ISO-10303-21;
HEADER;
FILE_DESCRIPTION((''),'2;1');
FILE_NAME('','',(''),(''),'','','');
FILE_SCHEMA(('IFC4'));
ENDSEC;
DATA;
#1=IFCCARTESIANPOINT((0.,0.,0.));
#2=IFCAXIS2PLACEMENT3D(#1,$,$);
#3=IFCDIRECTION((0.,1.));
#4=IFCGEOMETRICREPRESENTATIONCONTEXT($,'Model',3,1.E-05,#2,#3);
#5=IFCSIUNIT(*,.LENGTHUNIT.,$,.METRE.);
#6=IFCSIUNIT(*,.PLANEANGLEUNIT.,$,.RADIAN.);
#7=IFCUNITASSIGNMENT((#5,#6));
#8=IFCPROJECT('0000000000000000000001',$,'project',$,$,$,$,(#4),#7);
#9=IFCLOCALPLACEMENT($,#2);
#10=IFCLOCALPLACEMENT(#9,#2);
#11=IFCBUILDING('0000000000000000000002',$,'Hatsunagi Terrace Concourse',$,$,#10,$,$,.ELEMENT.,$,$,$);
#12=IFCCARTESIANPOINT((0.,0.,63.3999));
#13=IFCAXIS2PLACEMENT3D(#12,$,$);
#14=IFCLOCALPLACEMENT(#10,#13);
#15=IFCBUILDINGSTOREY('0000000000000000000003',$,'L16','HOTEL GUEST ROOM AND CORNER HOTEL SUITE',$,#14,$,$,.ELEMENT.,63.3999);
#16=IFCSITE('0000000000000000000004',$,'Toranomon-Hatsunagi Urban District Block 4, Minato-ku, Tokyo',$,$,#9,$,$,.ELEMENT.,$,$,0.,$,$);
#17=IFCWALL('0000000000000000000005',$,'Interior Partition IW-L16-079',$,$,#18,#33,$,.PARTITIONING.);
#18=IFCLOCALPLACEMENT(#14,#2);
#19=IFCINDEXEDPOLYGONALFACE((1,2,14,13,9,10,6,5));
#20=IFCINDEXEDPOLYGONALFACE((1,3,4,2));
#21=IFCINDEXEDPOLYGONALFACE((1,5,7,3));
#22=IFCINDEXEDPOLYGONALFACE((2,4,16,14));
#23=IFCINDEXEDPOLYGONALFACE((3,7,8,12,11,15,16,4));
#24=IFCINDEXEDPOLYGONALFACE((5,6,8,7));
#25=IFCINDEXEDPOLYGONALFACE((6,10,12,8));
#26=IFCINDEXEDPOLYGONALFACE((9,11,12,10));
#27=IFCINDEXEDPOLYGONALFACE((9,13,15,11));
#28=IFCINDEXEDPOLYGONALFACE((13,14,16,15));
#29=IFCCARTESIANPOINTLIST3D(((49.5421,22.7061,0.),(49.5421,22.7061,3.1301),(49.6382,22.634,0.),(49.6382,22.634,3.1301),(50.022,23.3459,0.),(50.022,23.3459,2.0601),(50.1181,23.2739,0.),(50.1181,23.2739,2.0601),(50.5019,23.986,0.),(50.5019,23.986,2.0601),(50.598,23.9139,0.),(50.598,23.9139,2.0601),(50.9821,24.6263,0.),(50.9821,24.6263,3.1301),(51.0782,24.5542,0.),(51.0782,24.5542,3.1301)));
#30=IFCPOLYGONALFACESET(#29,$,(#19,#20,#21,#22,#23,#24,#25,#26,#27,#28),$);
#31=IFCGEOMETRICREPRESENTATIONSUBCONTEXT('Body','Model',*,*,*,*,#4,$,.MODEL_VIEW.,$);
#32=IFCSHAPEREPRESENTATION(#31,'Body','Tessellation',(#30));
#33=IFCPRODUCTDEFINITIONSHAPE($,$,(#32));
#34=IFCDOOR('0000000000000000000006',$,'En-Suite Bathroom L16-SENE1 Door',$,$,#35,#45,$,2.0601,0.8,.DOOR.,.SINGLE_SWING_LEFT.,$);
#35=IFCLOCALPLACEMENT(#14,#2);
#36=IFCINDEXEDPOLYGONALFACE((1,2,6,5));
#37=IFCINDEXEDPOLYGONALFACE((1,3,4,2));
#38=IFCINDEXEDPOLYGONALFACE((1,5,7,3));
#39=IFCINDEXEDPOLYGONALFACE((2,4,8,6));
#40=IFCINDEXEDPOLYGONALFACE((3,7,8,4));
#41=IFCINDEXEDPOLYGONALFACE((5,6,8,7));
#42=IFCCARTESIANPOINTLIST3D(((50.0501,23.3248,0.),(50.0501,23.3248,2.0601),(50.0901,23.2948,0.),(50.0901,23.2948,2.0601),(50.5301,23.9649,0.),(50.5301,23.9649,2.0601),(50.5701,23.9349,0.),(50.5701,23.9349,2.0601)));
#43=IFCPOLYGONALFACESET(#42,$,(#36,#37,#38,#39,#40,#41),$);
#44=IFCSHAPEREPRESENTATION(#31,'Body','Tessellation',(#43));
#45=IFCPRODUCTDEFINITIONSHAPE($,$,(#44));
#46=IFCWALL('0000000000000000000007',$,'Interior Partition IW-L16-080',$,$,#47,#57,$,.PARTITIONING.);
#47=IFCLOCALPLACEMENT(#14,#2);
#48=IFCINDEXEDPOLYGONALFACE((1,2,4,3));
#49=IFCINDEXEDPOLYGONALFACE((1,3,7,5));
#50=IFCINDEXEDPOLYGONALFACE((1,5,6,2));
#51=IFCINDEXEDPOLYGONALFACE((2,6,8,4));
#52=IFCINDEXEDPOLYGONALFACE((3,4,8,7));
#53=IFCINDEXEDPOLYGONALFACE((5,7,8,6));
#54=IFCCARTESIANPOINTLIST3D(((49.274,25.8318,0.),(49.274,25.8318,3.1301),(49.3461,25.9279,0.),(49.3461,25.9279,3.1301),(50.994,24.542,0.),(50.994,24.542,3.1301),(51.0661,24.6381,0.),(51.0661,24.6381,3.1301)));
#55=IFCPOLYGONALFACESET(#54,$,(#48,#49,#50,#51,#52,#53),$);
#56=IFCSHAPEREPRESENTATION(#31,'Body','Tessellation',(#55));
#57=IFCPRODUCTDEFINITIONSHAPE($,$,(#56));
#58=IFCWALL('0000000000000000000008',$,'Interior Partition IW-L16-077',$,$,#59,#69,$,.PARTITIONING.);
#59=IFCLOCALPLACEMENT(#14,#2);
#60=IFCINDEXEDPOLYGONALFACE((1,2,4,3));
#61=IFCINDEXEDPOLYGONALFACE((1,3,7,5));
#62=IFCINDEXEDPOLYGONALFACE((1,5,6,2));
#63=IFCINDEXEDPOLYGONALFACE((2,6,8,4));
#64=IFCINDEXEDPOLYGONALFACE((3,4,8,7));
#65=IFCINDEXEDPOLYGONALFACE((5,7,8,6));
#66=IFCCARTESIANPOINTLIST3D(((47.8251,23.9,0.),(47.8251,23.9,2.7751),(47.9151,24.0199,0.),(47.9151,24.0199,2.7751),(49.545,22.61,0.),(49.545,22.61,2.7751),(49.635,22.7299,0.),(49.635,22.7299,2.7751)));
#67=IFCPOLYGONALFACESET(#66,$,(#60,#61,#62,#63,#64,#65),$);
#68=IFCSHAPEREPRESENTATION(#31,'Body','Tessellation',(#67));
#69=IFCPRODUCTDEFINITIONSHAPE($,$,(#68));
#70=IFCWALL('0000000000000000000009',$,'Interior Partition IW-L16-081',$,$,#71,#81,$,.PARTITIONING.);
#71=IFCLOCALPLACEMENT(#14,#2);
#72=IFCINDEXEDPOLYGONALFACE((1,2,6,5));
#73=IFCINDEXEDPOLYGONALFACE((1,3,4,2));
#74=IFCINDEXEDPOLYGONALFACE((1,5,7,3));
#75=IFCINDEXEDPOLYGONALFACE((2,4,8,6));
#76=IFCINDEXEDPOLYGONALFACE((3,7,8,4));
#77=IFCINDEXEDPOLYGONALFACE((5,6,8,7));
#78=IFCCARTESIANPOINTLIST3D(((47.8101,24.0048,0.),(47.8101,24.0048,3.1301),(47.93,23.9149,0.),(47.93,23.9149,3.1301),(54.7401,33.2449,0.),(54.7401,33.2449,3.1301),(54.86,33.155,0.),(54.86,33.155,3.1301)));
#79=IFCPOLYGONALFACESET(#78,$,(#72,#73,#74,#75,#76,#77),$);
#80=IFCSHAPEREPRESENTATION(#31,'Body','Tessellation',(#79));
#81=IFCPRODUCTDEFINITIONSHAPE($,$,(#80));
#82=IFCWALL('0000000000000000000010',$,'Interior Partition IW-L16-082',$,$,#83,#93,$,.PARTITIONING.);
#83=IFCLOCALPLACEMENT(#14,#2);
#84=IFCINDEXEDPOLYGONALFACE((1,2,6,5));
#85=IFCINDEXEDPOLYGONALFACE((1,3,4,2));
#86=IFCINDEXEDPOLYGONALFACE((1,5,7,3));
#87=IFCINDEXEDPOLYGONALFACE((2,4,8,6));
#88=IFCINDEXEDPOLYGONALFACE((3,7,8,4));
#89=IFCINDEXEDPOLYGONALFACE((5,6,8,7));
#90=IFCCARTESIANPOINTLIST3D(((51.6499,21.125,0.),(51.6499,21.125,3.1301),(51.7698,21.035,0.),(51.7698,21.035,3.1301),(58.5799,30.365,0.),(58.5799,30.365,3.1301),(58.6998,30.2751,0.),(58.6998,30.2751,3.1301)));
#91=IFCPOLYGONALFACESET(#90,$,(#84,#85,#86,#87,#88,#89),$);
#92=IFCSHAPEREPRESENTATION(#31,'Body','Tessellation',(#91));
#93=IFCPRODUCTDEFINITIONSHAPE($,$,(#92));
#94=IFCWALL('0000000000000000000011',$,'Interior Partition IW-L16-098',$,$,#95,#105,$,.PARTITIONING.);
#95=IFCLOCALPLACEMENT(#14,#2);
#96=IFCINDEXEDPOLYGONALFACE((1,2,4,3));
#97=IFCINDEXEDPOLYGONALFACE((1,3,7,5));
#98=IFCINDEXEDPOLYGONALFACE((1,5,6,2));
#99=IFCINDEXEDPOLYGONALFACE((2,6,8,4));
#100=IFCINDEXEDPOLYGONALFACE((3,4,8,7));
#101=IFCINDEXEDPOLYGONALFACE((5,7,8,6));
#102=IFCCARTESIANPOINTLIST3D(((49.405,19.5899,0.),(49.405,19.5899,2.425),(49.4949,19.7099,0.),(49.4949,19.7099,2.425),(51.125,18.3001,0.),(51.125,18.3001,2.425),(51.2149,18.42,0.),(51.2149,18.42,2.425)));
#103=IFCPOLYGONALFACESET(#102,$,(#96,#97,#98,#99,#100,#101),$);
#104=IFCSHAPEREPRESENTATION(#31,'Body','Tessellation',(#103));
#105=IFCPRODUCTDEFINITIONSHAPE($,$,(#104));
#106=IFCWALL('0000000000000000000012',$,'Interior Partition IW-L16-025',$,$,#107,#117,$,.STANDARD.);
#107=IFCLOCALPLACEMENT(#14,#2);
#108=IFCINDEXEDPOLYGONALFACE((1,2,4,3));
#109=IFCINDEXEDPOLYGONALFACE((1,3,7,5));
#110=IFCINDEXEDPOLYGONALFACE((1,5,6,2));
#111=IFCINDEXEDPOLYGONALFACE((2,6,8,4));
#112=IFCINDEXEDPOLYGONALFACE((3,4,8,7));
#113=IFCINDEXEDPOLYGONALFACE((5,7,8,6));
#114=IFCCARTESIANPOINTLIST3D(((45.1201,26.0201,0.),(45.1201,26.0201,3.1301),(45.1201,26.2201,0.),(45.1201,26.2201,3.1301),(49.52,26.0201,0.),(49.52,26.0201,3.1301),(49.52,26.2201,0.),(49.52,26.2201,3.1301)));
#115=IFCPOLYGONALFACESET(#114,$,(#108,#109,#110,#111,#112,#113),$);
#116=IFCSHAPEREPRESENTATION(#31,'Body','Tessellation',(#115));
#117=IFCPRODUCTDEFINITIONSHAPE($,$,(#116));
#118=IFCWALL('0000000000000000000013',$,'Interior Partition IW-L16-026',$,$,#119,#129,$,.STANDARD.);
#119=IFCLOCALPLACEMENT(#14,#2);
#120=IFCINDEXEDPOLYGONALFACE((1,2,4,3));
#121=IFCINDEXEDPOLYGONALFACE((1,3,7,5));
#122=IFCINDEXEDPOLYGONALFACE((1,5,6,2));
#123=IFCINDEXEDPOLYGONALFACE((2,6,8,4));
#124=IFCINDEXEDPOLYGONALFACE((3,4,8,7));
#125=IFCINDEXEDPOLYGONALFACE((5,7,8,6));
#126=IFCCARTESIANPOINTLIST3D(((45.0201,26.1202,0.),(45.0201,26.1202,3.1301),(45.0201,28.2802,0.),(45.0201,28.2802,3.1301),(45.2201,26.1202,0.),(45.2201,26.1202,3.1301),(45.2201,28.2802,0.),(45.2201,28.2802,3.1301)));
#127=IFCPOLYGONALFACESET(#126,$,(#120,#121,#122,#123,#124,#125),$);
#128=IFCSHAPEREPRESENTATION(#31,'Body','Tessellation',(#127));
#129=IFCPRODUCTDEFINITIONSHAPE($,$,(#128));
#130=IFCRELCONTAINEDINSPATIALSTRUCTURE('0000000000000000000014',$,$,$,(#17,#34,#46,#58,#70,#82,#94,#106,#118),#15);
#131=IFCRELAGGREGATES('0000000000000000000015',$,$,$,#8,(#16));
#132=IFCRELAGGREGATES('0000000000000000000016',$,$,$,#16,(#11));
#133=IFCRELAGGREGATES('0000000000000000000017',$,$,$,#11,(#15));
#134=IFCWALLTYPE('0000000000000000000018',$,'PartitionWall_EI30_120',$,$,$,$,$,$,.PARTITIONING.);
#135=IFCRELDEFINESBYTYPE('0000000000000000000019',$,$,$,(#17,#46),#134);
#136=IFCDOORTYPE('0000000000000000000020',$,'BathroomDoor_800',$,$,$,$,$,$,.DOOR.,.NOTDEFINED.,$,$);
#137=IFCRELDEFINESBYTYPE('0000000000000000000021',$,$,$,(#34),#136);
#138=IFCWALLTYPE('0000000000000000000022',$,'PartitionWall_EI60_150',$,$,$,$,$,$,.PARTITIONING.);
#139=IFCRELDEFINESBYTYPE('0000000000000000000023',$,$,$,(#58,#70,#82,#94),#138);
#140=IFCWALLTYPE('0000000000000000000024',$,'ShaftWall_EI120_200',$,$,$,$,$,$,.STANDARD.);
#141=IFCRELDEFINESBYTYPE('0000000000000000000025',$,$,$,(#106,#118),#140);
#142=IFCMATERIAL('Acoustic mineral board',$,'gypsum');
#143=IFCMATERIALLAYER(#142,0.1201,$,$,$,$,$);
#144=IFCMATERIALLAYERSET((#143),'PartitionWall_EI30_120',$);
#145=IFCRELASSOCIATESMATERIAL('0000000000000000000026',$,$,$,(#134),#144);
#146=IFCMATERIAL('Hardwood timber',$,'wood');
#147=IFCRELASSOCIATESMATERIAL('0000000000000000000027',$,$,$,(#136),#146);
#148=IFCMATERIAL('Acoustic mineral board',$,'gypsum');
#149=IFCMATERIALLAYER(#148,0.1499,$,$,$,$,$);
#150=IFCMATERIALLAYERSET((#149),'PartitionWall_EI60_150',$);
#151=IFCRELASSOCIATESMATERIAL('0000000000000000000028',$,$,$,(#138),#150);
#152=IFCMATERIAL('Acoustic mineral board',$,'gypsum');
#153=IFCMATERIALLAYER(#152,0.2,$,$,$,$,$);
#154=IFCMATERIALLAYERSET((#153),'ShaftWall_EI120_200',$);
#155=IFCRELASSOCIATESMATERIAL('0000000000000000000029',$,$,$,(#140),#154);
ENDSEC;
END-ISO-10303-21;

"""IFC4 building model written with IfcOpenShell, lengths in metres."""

from ifc_helpers import new_model, si_unit, direction, frame, frame_2d, origin, place, context, subcontext, project, spatial, rectangle, extrude, material, layer, layer_set, type_object, element, fill, save


model = new_model("IFC4")

# Units and contexts
model_context = context("Model", 3, precision=1e-05, world=origin(), true_north=direction((0.0, 1.0)))
body_context = subcontext(model_context, "Body", "Model", "MODEL_VIEW")
ifc_project = project(units=[si_unit("LENGTHUNIT", "METRE"), si_unit("PLANEANGLEUNIT", "RADIAN")], contexts=[model_context])

# Site, building, storey
site_placement = place(None, origin())
site = spatial("IfcSite", under=ifc_project, at=site_placement, Name="Toranomon-Hatsunagi Urban District Block 4, Minato-ku, Tokyo", CompositionType="ELEMENT", RefElevation=0.0)
building_placement = place(site_placement, origin())
building = spatial("IfcBuilding", under=site, at=building_placement, Name="Hatsunagi Terrace Concourse", CompositionType="ELEMENT")
storey_placement = place(building_placement, frame((0.0, 0.0, 63.3999)))
storey = spatial("IfcBuildingStorey", under=building, at=storey_placement, Name="L16", Description="HOTEL GUEST ROOM AND CORNER HOTEL SUITE", CompositionType="ELEMENT", Elevation=63.3999)

# Wall, opening, door
ifc_material_1 = material(Name="Acoustic mineral board", Category="gypsum")
ifc_layer_1 = layer(ifc_material_1, 0.1201)
ifc_layer_set_1 = layer_set([ifc_layer_1], Name="PartitionWall_EI30_120")
wall_type_1 = type_object("IfcWallType", Name="PartitionWall_EI30_120", PredefinedType="PARTITIONING", material=ifc_layer_set_1)
wall_1_placement = place(storey_placement, frame((49.5901, 22.6699, 0.0), z_axis=(0.0, 0.0, 1.0), x_axis=(0.599951, 0.800037, 0.0)))
wall_1 = element("IfcWall", 1, at=wall_1_placement, inside=storey, type_object=wall_type_1, Name="Interior Partition IW-L16-079", PredefinedType="PARTITIONING", context=body_context, shape_type="SweptSolid", body=[
    extrude(rectangle(XDim=2.4001, YDim=0.1201, at=frame_2d((1.2002, 0.0))), origin(), (0.0, 0.0, 1.0), 3.1301),
])
opening_1_placement = place(wall_1_placement, frame((0.8, 0.0, 0.0)))
opening_1 = element("IfcOpeningElement", 2, at=opening_1_placement, cuts=wall_1, PredefinedType="OPENING", context=body_context, shape_type="SweptSolid", body=[
    extrude(rectangle(XDim=0.8, YDim=2.0601, at=frame_2d((0.3999, 1.03))), frame((0.0, 0.0701, 0.0), z_axis=(0.0, -1.0, 0.0), x_axis=(1.0, 0.0, 0.0)), (0.0, 0.0, 1.0), 0.1401),
])
ifc_material_2 = material(Name="Hardwood timber", Category="wood")
door_type_1 = type_object("IfcDoorType", Name="BathroomDoor_800", OperationType="NOTDEFINED", PredefinedType="DOOR", material=ifc_material_2)
door_1_placement = place(opening_1_placement, origin())
door_1 = element("IfcDoor", 3, at=door_1_placement, inside=storey, type_object=door_type_1, Name="En-Suite Bathroom L16-SENE1 Door", OperationType="SINGLE_SWING_LEFT", OverallHeight=2.0601, OverallWidth=0.8, PredefinedType="DOOR", context=body_context, shape_type="SweptSolid", body=[
    extrude(rectangle(XDim=0.8, YDim=2.0601, at=frame_2d((0.3999, 1.03))), frame((0.0, 0.0249, 0.0), z_axis=(0.0, -1.0, 0.0), x_axis=(1.0, 0.0, 0.0)), (0.0, 0.0, 1.0), 0.05),
])
fill(opening_1, door_1)

# Walls
wall_2_placement = place(storey_placement, frame((49.3101, 25.8799, 0.0), z_axis=(0.0, 0.0, 1.0), x_axis=(0.800041, -0.599945, 0.0)))
element("IfcWall", 4, at=wall_2_placement, inside=storey, type_object=wall_type_1, Name="Interior Partition IW-L16-080", PredefinedType="PARTITIONING", context=body_context, shape_type="SweptSolid", body=[
    extrude(rectangle(XDim=2.1499, YDim=0.1201, at=frame_2d((1.075, 0.0))), origin(), (0.0, 0.0, 1.0), 3.1301),
])
ifc_material_3 = material(Name="Acoustic mineral board", Category="gypsum")
ifc_layer_2 = layer(ifc_material_3, 0.1499)
ifc_layer_set_2 = layer_set([ifc_layer_2], Name="PartitionWall_EI60_150")
wall_type_2 = type_object("IfcWallType", Name="PartitionWall_EI60_150", PredefinedType="PARTITIONING", material=ifc_layer_set_2)
wall_3_placement = place(storey_placement, frame((47.8701, 23.96, 0.0), z_axis=(0.0, 0.0, 1.0), x_axis=(0.799986, -0.600018, 0.0)))
element("IfcWall", 5, at=wall_3_placement, inside=storey, type_object=wall_type_2, Name="Interior Partition IW-L16-077", PredefinedType="PARTITIONING", context=body_context, shape_type="SweptSolid", body=[
    extrude(rectangle(XDim=2.1499, YDim=0.1499, at=frame_2d((1.075, 0.0))), origin(), (0.0, 0.0, 1.0), 2.7751),
])

# Walls
for number, where, z_axis, x_axis, name in (
    (6, (47.8701, 23.96, 0.0), (0.0, 0.0, 1.0), (0.599997, 0.800003, 0.0), "Interior Partition IW-L16-081"),
    (7, (51.71, 21.0801, 0.0), (0.0, 0.0, 1.0), (0.599997, 0.800003, 0.0), "Interior Partition IW-L16-082"),
):
    element("IfcWall", number, at=place(storey_placement, frame(where, z_axis=z_axis, x_axis=x_axis)), inside=storey, type_object=wall_type_2, Name=name, PredefinedType="PARTITIONING", context=body_context, shape_type="SweptSolid", body=[
        extrude(rectangle(XDim=11.55, YDim=0.1499, at=frame_2d((5.7749, 0.0))), origin(), (0.0, 0.0, 1.0), 3.1301),
    ])

# Walls
wall_4_placement = place(storey_placement, frame((49.45, 19.6499, 0.0), z_axis=(0.0, 0.0, 1.0), x_axis=(0.800041, -0.599945, 0.0)))
element("IfcWall", 8, at=wall_4_placement, inside=storey, type_object=wall_type_2, Name="Interior Partition IW-L16-098", PredefinedType="PARTITIONING", context=body_context, shape_type="SweptSolid", body=[
    extrude(rectangle(XDim=2.1499, YDim=0.1499, at=frame_2d((1.075, 0.0))), origin(), (0.0, 0.0, 1.0), 2.425),
])
ifc_material_4 = material(Name="Acoustic mineral board", Category="gypsum")
ifc_layer_3 = layer(ifc_material_4, 0.2)
ifc_layer_set_3 = layer_set([ifc_layer_3], Name="ShaftWall_EI120_200")
wall_type_3 = type_object("IfcWallType", Name="ShaftWall_EI120_200", PredefinedType="STANDARD", material=ifc_layer_set_3)
wall_5_placement = place(storey_placement, frame((45.1201, 26.1201, 0.0), z_axis=(0.0, 0.0, 1.0), x_axis=(1.0, 0.0, 0.0)))
element("IfcWall", 9, at=wall_5_placement, inside=storey, type_object=wall_type_3, Name="Interior Partition IW-L16-025", PredefinedType="STANDARD", context=body_context, shape_type="SweptSolid", body=[
    extrude(rectangle(XDim=4.3999, YDim=0.2, at=frame_2d((2.2, 0.0))), origin(), (0.0, 0.0, 1.0), 3.1301),
])
wall_6_placement = place(storey_placement, frame((45.1201, 26.1201, 0.0), z_axis=(0.0, 0.0, 1.0), x_axis=(0.0, 1.0, 0.0)))
element("IfcWall", 10, at=wall_6_placement, inside=storey, type_object=wall_type_3, Name="Interior Partition IW-L16-026", PredefinedType="STANDARD", context=body_context, shape_type="SweptSolid", body=[
    extrude(rectangle(XDim=2.1599, YDim=0.2, at=frame_2d((1.0801, 0.0))), origin(), (0.0, 0.0, 1.0), 3.1301),
])

save(model, "model.ifc")
